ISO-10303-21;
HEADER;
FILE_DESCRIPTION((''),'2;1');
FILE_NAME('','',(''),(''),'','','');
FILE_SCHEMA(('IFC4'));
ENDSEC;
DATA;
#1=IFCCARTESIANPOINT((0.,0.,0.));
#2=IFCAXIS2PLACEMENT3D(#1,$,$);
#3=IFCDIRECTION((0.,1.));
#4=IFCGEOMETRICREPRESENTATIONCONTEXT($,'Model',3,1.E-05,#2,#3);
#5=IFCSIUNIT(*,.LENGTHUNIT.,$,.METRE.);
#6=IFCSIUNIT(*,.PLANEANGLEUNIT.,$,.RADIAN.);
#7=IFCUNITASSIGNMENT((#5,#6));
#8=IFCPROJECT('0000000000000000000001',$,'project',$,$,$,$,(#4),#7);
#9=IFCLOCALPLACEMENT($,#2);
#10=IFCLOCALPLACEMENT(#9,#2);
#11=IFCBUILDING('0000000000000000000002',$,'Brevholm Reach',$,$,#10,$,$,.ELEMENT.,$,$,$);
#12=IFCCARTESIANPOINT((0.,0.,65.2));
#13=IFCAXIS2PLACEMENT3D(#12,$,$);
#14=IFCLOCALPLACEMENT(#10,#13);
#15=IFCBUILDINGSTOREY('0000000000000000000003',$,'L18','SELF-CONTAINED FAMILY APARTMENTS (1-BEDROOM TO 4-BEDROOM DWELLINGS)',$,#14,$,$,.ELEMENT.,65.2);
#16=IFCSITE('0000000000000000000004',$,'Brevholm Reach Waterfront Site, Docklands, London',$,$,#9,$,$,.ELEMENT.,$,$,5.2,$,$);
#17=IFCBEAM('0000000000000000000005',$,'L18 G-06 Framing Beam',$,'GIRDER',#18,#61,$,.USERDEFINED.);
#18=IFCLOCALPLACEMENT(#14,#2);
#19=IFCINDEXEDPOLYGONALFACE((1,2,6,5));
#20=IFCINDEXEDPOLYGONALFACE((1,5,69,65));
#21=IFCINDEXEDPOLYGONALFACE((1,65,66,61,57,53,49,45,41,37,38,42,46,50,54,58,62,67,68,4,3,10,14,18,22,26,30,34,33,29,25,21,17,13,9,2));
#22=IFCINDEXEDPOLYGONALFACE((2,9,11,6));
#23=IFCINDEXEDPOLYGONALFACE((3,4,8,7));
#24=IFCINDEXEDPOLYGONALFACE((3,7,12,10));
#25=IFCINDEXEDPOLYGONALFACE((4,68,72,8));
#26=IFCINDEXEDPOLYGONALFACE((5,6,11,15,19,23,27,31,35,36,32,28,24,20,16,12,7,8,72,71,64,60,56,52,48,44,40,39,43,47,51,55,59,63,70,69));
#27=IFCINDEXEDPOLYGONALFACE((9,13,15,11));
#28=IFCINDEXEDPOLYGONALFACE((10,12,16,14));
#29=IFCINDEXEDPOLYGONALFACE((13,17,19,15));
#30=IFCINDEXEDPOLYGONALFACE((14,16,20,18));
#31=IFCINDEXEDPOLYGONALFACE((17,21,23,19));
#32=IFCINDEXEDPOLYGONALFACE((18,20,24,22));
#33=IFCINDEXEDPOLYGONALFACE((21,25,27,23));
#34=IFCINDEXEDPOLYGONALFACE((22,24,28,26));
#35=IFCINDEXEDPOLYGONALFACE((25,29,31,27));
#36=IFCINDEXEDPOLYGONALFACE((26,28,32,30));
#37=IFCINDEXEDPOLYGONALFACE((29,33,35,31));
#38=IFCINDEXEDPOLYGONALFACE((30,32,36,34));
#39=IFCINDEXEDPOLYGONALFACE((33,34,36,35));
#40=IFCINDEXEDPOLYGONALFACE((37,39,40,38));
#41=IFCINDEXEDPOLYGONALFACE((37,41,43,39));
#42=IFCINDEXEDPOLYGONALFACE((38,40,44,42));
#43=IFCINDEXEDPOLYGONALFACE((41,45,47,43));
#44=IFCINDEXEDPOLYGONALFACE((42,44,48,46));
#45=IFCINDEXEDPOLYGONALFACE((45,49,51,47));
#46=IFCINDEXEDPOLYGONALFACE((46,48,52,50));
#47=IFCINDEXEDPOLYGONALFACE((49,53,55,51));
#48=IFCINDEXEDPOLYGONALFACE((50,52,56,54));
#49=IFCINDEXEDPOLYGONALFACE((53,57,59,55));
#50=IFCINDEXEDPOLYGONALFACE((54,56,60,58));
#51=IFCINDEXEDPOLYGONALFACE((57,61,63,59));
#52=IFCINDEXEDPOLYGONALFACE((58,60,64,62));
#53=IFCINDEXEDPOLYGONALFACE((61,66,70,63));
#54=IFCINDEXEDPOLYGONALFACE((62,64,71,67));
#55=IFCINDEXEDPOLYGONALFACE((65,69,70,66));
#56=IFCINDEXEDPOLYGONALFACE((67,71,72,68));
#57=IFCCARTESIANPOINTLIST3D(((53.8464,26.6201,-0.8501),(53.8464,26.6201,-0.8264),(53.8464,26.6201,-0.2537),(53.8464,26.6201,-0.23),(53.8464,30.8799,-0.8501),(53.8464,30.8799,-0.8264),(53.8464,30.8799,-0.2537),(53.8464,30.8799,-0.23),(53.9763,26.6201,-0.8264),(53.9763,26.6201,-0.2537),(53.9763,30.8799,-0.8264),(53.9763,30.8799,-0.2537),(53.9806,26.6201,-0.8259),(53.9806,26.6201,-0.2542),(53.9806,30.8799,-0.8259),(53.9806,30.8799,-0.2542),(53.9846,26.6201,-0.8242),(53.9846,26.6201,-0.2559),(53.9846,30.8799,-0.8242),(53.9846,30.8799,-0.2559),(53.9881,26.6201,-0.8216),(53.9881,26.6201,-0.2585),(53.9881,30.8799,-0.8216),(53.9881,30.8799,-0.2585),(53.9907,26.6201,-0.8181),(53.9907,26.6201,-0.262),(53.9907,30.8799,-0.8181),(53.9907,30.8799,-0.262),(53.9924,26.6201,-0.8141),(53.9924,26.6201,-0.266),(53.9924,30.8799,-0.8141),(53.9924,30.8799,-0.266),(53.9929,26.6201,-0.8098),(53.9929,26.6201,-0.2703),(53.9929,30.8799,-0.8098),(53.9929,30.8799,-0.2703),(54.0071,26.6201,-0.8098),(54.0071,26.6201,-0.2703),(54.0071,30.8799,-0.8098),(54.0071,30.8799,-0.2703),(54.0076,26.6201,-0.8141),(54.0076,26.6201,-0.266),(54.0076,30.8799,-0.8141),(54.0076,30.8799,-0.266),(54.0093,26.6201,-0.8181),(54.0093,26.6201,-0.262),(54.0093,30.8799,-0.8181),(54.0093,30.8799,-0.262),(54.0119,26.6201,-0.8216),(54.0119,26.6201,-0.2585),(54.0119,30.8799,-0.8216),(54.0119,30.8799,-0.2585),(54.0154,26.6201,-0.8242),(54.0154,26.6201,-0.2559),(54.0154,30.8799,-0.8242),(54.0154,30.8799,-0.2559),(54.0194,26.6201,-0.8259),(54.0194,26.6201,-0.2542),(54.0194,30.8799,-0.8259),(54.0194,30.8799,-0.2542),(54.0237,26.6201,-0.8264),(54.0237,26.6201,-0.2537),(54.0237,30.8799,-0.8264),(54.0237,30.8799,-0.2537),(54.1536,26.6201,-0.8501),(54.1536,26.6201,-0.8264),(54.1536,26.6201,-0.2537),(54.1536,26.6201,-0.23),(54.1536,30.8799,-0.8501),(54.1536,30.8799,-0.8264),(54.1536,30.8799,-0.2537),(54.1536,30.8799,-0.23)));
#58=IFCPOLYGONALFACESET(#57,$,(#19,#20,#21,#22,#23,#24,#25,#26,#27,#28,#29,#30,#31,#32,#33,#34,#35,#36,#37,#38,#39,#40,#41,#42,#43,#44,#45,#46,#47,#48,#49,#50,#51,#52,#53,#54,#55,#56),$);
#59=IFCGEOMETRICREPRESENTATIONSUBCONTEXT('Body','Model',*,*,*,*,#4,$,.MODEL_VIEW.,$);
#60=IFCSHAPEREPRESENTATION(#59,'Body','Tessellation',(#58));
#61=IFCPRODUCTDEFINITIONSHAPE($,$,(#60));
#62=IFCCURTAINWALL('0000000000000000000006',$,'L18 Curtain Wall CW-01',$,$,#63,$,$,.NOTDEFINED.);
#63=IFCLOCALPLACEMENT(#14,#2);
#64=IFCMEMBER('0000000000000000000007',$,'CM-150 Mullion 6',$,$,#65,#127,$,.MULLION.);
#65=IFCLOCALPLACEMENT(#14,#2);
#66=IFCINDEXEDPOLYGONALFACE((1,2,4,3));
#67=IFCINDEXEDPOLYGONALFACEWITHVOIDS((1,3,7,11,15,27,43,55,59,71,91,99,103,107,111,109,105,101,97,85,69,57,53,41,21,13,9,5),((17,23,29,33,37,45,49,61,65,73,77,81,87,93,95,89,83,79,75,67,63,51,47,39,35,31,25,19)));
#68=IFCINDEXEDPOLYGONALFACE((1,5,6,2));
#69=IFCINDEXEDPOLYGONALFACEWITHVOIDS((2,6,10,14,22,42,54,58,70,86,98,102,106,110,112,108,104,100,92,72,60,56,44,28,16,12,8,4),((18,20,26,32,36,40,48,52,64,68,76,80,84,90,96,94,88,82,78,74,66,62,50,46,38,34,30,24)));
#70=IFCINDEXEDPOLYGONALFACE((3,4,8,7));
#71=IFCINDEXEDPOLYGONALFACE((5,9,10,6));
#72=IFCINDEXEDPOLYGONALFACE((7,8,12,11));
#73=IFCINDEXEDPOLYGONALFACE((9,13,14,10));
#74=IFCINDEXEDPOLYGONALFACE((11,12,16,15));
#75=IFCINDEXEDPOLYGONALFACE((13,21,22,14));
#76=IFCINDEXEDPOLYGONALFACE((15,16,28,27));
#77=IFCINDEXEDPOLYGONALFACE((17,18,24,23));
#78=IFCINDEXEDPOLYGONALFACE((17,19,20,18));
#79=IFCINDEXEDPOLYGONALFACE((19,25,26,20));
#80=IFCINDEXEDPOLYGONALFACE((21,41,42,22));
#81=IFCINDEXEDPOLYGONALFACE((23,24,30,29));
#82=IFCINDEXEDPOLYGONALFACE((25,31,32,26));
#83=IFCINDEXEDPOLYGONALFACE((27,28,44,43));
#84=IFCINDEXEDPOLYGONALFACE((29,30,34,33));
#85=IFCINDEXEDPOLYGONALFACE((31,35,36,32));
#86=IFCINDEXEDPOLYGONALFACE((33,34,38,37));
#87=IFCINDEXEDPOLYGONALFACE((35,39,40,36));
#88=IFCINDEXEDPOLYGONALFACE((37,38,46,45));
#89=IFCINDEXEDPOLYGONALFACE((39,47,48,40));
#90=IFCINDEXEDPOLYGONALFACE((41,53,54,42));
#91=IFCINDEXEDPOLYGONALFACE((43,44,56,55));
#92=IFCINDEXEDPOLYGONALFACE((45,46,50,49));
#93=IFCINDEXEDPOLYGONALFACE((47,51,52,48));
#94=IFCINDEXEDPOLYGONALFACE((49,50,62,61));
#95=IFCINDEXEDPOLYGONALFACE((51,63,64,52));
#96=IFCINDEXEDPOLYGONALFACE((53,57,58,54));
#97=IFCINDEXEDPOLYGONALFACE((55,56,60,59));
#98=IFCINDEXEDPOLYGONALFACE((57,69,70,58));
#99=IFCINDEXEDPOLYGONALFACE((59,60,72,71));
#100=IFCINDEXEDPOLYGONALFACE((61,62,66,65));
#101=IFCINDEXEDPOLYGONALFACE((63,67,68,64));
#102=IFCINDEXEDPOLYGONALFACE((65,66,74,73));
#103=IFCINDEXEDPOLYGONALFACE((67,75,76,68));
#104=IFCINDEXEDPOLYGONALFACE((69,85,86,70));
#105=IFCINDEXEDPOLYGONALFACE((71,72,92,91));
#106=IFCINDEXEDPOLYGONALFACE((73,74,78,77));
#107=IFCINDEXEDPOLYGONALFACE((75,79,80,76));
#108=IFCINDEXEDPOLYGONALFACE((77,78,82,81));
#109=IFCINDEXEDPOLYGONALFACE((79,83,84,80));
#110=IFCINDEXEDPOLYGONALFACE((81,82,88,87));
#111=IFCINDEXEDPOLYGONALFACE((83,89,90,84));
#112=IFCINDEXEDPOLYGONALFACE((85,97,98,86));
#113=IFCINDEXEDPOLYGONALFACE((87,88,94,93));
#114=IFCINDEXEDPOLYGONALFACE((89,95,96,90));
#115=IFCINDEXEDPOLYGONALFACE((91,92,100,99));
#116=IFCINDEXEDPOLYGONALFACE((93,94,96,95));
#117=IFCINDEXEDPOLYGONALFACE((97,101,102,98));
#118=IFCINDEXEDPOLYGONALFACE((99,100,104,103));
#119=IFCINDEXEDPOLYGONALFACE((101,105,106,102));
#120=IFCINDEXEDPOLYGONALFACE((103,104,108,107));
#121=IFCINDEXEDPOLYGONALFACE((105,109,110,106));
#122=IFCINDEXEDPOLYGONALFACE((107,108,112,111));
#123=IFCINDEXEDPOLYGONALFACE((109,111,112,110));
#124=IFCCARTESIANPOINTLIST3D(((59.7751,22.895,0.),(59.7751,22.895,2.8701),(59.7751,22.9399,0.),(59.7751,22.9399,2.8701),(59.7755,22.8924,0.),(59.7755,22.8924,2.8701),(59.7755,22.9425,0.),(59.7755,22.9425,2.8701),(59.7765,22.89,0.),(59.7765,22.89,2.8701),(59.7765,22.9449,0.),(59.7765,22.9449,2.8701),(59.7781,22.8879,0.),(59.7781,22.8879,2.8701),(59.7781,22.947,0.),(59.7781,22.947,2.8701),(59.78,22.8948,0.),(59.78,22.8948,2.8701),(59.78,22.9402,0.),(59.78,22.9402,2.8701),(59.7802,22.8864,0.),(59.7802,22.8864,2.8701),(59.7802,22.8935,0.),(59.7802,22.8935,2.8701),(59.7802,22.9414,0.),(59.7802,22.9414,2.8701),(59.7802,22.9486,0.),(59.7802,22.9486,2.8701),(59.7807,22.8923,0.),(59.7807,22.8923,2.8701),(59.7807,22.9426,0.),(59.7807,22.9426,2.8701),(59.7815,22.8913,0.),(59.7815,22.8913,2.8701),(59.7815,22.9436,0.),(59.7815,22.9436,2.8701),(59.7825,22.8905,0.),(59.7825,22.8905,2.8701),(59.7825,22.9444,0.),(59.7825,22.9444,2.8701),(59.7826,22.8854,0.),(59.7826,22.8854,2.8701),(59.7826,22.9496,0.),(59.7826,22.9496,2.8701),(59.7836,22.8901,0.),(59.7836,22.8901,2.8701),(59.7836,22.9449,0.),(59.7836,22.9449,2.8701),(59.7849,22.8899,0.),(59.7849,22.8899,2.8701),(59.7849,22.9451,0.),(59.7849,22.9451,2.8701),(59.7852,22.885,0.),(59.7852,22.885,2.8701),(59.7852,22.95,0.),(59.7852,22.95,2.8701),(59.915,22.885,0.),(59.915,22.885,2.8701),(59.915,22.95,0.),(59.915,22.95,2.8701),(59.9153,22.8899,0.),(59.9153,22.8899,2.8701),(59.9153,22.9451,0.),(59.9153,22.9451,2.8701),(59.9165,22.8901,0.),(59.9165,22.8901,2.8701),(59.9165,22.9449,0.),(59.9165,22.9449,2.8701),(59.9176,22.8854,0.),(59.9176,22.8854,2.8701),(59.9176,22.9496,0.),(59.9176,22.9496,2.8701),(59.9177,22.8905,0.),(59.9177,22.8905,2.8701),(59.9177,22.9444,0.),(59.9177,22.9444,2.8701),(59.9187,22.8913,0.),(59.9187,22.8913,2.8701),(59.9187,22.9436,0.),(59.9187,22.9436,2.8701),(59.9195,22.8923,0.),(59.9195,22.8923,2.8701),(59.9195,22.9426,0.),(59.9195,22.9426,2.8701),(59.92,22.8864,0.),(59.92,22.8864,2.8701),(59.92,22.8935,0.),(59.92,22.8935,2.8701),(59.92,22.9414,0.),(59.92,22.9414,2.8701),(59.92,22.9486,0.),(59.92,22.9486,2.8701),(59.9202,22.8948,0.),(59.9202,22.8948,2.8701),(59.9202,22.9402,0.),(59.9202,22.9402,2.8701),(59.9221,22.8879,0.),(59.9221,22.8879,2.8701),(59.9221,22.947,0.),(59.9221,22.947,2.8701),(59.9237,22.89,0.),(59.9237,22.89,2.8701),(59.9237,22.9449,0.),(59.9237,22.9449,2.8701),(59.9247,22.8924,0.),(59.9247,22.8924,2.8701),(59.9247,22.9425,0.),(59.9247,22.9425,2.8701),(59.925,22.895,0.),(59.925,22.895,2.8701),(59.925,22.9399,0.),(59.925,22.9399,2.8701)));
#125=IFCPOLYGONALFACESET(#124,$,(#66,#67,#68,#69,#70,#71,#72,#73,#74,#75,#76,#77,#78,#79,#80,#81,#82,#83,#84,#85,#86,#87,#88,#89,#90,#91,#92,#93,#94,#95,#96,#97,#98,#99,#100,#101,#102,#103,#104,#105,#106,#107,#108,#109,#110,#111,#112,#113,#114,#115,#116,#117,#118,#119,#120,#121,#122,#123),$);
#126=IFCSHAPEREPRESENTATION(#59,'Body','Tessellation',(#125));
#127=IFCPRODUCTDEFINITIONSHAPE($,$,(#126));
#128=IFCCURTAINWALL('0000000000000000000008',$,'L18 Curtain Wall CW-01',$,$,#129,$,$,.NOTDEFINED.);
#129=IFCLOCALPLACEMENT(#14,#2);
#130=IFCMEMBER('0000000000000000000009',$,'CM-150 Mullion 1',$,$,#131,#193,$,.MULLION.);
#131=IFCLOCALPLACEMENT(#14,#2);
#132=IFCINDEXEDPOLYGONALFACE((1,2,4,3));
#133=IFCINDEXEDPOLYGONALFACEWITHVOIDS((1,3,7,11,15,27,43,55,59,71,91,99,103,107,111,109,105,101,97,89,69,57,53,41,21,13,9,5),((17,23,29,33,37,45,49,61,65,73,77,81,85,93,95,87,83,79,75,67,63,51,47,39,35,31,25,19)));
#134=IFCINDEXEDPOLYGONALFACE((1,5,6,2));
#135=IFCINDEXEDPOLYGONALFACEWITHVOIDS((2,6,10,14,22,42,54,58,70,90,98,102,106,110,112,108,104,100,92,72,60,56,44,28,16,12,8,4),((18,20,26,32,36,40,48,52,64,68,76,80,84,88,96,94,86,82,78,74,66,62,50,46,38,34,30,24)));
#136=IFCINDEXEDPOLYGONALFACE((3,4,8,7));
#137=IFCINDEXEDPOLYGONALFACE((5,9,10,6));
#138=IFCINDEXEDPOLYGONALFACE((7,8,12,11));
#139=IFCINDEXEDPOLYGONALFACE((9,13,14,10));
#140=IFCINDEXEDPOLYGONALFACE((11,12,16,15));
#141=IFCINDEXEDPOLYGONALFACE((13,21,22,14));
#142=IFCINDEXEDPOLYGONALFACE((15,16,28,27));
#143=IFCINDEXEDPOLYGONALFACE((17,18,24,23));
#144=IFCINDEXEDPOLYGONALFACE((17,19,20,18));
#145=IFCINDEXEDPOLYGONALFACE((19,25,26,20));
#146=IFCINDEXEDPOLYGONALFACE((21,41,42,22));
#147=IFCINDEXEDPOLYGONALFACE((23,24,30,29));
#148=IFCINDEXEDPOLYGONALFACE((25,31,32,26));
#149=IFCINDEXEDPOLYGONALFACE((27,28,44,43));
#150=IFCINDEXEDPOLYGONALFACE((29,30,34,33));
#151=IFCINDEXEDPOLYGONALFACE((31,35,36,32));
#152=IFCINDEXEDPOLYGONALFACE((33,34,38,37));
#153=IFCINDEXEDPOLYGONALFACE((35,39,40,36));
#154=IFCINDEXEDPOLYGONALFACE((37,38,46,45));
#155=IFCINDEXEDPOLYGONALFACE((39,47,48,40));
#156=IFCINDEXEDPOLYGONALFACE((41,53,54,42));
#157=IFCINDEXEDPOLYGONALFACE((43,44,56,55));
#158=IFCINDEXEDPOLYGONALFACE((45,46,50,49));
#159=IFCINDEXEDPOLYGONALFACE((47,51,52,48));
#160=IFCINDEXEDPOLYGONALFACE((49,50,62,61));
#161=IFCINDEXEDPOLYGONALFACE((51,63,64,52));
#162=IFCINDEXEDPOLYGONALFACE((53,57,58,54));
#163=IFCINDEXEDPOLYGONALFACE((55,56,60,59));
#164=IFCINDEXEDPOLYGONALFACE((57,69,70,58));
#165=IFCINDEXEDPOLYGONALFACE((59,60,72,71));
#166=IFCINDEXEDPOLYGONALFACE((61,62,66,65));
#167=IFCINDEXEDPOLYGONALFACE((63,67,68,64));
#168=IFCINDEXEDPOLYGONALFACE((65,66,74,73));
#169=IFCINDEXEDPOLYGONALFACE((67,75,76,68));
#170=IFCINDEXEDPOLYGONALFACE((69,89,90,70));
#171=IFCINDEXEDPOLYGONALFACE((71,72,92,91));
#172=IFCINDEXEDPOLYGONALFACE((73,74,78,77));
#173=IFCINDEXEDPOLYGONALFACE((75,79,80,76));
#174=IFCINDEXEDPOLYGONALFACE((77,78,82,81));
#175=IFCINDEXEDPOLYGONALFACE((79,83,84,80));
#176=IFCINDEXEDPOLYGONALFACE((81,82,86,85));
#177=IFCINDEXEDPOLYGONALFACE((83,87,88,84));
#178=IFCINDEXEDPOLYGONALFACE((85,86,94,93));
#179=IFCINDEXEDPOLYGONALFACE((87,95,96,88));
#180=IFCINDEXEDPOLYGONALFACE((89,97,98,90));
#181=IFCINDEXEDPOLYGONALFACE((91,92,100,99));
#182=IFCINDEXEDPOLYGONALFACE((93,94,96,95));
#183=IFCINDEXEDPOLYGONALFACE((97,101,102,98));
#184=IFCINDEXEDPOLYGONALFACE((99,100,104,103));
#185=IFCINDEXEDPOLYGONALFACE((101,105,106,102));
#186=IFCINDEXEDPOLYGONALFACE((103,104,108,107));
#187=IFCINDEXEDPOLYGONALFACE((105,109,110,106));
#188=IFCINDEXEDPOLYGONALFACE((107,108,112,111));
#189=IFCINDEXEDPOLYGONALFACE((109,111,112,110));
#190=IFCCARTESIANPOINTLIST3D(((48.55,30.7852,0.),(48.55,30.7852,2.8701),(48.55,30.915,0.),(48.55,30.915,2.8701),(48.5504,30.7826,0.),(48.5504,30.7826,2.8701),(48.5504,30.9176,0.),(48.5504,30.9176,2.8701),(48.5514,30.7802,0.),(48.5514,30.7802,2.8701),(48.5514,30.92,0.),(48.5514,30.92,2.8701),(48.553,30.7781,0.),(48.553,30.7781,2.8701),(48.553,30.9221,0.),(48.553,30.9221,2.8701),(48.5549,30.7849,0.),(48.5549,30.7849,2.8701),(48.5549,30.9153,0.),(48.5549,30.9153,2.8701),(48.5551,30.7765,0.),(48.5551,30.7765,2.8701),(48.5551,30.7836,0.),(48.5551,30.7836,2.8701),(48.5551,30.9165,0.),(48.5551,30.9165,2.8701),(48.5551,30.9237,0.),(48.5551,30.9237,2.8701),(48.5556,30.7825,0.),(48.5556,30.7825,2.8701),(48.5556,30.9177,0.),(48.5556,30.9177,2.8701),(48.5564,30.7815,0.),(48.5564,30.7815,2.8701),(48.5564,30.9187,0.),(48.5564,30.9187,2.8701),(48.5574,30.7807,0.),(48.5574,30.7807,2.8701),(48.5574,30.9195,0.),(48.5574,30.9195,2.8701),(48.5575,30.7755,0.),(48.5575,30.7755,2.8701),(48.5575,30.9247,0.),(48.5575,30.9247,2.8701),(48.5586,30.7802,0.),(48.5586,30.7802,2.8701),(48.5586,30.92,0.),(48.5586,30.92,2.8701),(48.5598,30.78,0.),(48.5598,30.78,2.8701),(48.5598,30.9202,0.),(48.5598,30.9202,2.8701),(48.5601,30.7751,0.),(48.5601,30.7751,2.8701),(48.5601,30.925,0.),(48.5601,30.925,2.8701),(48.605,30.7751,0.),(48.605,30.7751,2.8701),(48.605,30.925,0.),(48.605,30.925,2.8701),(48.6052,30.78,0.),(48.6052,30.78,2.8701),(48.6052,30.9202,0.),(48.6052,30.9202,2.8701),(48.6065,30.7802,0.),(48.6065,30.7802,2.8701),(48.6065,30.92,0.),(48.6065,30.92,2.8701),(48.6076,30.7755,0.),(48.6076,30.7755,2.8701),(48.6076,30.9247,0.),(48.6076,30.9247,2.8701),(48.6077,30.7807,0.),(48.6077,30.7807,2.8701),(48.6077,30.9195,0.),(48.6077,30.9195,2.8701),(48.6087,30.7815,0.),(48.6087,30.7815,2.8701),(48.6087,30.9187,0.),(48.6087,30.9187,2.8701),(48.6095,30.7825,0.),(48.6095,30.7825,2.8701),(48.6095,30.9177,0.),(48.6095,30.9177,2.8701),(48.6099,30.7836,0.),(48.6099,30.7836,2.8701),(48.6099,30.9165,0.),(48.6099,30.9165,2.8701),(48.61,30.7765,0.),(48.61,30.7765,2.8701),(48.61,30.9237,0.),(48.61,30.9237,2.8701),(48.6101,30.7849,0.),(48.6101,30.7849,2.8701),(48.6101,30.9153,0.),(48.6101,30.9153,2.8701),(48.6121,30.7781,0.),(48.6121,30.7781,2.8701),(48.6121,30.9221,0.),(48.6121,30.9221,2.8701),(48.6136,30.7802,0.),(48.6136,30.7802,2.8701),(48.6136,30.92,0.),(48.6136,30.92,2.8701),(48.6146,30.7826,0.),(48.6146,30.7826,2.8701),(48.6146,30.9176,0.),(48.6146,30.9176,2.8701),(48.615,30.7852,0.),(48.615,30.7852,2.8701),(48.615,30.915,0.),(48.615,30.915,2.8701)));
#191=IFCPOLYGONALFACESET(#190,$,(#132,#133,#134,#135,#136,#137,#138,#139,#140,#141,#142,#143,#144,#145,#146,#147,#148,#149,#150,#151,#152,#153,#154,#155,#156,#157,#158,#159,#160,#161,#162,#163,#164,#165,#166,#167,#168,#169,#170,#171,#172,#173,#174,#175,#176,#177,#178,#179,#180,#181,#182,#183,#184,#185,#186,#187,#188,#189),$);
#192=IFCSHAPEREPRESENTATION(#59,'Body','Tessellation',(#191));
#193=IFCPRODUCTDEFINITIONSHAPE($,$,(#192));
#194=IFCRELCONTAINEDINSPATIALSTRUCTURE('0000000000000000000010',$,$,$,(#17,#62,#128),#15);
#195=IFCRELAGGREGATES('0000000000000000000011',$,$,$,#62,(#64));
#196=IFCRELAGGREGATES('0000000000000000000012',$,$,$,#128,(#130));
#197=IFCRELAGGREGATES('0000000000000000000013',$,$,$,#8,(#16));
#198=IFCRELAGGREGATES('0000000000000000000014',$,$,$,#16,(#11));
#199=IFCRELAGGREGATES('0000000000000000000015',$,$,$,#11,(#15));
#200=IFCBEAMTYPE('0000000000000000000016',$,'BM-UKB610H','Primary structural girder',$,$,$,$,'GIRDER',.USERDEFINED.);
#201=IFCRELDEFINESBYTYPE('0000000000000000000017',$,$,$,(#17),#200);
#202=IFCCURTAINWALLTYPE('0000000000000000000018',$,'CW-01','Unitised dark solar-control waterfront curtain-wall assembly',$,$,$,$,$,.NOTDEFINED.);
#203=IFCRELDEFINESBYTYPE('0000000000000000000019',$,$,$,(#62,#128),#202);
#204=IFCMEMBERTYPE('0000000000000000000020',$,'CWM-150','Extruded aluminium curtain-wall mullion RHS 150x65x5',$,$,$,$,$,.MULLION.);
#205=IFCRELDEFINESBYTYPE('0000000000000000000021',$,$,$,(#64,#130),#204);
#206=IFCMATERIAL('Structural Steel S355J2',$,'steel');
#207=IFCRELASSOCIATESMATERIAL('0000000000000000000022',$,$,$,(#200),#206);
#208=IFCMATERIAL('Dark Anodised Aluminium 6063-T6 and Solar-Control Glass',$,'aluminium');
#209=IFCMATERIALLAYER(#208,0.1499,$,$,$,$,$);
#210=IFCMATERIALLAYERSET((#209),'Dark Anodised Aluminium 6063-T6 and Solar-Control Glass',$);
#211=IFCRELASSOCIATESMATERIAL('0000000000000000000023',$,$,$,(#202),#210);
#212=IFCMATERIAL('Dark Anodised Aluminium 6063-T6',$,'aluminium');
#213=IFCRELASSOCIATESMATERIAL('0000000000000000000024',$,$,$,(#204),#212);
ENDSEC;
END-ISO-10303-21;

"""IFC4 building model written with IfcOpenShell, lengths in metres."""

from ifc_helpers import new_model, si_unit, direction, frame, origin, origin_2d, place, context, subcontext, project, spatial, hollow_rectangle, i_section, extrude, material, layer, layer_set, material_profile, profile_set, type_object, element, aggregate, save


model = new_model("IFC4")

# Units and contexts
model_context = context("Model", 3, precision=1e-05, world=origin(), true_north=direction((0.0, 1.0)))
body_context = subcontext(model_context, "Body", "Model", "MODEL_VIEW")
ifc_project = project(units=[si_unit("LENGTHUNIT", "METRE"), si_unit("PLANEANGLEUNIT", "RADIAN")], contexts=[model_context])

# Site, building, storey
site_placement = place(None, origin())
site = spatial("IfcSite", under=ifc_project, at=site_placement, Name="Brevholm Reach Waterfront Site, Docklands, London", CompositionType="ELEMENT", RefElevation=5.2)
building_placement = place(site_placement, origin())
building = spatial("IfcBuilding", under=site, at=building_placement, Name="Brevholm Reach", CompositionType="ELEMENT")
storey_placement = place(building_placement, frame((0.0, 0.0, 65.2)))
storey = spatial("IfcBuildingStorey", under=building, at=storey_placement, Name="L18", Description="SELF-CONTAINED FAMILY APARTMENTS (1-BEDROOM TO 4-BEDROOM DWELLINGS)", CompositionType="ELEMENT", Elevation=65.2)

# Beam
ifc_material_1 = material(Name="Structural Steel S355J2", Category="steel")
ifc_material_profile_1 = material_profile(ifc_material_1, i_section(OverallWidth=0.3071, OverallDepth=0.6201, WebThickness=0.0142, FlangeThickness=0.0237, FilletRadius=0.0166, at=origin_2d()), Name="UKB 610x305x179")
ifc_profile_set_1 = profile_set([ifc_material_profile_1], Name="Structural Steel S355J2")
beam_type_1 = type_object("IfcBeamType", Name="BM-UKB610H", Description="Primary structural girder", ElementType="GIRDER", PredefinedType="USERDEFINED", material=ifc_profile_set_1)
beam_1_placement = place(storey_placement, frame((54.0, 26.6201, -0.54), z_axis=(0.0, 1.0, 0.0), x_axis=(-1.0, 0.0, 0.0)))
element("IfcBeam", 1, at=beam_1_placement, inside=storey, type_object=beam_type_1, Name="L18 G-06 Framing Beam", ObjectType="GIRDER", PredefinedType="USERDEFINED", context=body_context, shape_type="SweptSolid", body=[
    extrude(i_section(OverallWidth=0.3071, OverallDepth=0.6201, WebThickness=0.0142, FlangeThickness=0.0237, FilletRadius=0.0166, at=origin_2d()), origin(), (0.0, 0.0, 1.0), 4.2598),
])

# Curtain wall, member
ifc_material_2 = material(Name="Dark Anodised Aluminium 6063-T6 and Solar-Control Glass", Category="aluminium")
ifc_layer_1 = layer(ifc_material_2, 0.1499)
ifc_layer_set_1 = layer_set([ifc_layer_1], Name="Dark Anodised Aluminium 6063-T6 and Solar-Control Glass")
curtain_wall_type = type_object("IfcCurtainWallType", Name="CW-01", Description="Unitised dark solar-control waterfront curtain-wall assembly", PredefinedType="NOTDEFINED", material=ifc_layer_set_1)
curtain_wall_1_placement = place(storey_placement, origin())
curtain_wall_1 = element("IfcCurtainWall", 2, at=curtain_wall_1_placement, inside=storey, type_object=curtain_wall_type, Name="L18 Curtain Wall CW-01", PredefinedType="NOTDEFINED")
ifc_material_3 = material(Name="Dark Anodised Aluminium 6063-T6", Category="aluminium")
ifc_material_profile_2 = material_profile(ifc_material_3, hollow_rectangle(XDim=0.0649, YDim=0.1499, WallThickness=0.0049, InnerFilletRadius=0.0049, OuterFilletRadius=0.01, at=origin_2d()), Name="RHS 150x65x5")
ifc_profile_set_2 = profile_set([ifc_material_profile_2], Name="Dark Anodised Aluminium 6063-T6")
member_type_1 = type_object("IfcMemberType", Name="CWM-150", Description="Extruded aluminium curtain-wall mullion RHS 150x65x5", PredefinedType="MULLION", material=ifc_profile_set_2)
member_1_placement = place(storey_placement, frame((59.8501, 22.9175, 0.0), z_axis=(0.0, 0.0, 1.0), x_axis=(0.0, 1.0, 0.0)))
member_1 = element("IfcMember", 3, at=member_1_placement, type_object=member_type_1, Name="CM-150 Mullion 6", PredefinedType="MULLION", context=body_context, shape_type="SweptSolid", body=[
    extrude(hollow_rectangle(XDim=0.0649, YDim=0.1499, WallThickness=0.0049, InnerFilletRadius=0.0049, OuterFilletRadius=0.01, at=origin_2d()), origin(), (0.0, 0.0, 1.0), 2.8701),
])
aggregate(curtain_wall_1, [member_1])

# Curtain wall, member
curtain_wall_2_placement = place(storey_placement, origin())
curtain_wall_2 = element("IfcCurtainWall", 4, at=curtain_wall_2_placement, inside=storey, type_object=curtain_wall_type, Name="L18 Curtain Wall CW-01", PredefinedType="NOTDEFINED")
member_2_placement = place(storey_placement, frame((48.5825, 30.8501, 0.0), z_axis=(0.0, 0.0, 1.0), x_axis=(1.0, 0.0, 0.0)))
member_2 = element("IfcMember", 5, at=member_2_placement, type_object=member_type_1, Name="CM-150 Mullion 1", PredefinedType="MULLION", context=body_context, shape_type="SweptSolid", body=[
    extrude(hollow_rectangle(XDim=0.0649, YDim=0.1499, WallThickness=0.0049, InnerFilletRadius=0.0049, OuterFilletRadius=0.01, at=origin_2d()), origin(), (0.0, 0.0, 1.0), 2.8701),
])
aggregate(curtain_wall_2, [member_2])

save(model, "model.ifc")
